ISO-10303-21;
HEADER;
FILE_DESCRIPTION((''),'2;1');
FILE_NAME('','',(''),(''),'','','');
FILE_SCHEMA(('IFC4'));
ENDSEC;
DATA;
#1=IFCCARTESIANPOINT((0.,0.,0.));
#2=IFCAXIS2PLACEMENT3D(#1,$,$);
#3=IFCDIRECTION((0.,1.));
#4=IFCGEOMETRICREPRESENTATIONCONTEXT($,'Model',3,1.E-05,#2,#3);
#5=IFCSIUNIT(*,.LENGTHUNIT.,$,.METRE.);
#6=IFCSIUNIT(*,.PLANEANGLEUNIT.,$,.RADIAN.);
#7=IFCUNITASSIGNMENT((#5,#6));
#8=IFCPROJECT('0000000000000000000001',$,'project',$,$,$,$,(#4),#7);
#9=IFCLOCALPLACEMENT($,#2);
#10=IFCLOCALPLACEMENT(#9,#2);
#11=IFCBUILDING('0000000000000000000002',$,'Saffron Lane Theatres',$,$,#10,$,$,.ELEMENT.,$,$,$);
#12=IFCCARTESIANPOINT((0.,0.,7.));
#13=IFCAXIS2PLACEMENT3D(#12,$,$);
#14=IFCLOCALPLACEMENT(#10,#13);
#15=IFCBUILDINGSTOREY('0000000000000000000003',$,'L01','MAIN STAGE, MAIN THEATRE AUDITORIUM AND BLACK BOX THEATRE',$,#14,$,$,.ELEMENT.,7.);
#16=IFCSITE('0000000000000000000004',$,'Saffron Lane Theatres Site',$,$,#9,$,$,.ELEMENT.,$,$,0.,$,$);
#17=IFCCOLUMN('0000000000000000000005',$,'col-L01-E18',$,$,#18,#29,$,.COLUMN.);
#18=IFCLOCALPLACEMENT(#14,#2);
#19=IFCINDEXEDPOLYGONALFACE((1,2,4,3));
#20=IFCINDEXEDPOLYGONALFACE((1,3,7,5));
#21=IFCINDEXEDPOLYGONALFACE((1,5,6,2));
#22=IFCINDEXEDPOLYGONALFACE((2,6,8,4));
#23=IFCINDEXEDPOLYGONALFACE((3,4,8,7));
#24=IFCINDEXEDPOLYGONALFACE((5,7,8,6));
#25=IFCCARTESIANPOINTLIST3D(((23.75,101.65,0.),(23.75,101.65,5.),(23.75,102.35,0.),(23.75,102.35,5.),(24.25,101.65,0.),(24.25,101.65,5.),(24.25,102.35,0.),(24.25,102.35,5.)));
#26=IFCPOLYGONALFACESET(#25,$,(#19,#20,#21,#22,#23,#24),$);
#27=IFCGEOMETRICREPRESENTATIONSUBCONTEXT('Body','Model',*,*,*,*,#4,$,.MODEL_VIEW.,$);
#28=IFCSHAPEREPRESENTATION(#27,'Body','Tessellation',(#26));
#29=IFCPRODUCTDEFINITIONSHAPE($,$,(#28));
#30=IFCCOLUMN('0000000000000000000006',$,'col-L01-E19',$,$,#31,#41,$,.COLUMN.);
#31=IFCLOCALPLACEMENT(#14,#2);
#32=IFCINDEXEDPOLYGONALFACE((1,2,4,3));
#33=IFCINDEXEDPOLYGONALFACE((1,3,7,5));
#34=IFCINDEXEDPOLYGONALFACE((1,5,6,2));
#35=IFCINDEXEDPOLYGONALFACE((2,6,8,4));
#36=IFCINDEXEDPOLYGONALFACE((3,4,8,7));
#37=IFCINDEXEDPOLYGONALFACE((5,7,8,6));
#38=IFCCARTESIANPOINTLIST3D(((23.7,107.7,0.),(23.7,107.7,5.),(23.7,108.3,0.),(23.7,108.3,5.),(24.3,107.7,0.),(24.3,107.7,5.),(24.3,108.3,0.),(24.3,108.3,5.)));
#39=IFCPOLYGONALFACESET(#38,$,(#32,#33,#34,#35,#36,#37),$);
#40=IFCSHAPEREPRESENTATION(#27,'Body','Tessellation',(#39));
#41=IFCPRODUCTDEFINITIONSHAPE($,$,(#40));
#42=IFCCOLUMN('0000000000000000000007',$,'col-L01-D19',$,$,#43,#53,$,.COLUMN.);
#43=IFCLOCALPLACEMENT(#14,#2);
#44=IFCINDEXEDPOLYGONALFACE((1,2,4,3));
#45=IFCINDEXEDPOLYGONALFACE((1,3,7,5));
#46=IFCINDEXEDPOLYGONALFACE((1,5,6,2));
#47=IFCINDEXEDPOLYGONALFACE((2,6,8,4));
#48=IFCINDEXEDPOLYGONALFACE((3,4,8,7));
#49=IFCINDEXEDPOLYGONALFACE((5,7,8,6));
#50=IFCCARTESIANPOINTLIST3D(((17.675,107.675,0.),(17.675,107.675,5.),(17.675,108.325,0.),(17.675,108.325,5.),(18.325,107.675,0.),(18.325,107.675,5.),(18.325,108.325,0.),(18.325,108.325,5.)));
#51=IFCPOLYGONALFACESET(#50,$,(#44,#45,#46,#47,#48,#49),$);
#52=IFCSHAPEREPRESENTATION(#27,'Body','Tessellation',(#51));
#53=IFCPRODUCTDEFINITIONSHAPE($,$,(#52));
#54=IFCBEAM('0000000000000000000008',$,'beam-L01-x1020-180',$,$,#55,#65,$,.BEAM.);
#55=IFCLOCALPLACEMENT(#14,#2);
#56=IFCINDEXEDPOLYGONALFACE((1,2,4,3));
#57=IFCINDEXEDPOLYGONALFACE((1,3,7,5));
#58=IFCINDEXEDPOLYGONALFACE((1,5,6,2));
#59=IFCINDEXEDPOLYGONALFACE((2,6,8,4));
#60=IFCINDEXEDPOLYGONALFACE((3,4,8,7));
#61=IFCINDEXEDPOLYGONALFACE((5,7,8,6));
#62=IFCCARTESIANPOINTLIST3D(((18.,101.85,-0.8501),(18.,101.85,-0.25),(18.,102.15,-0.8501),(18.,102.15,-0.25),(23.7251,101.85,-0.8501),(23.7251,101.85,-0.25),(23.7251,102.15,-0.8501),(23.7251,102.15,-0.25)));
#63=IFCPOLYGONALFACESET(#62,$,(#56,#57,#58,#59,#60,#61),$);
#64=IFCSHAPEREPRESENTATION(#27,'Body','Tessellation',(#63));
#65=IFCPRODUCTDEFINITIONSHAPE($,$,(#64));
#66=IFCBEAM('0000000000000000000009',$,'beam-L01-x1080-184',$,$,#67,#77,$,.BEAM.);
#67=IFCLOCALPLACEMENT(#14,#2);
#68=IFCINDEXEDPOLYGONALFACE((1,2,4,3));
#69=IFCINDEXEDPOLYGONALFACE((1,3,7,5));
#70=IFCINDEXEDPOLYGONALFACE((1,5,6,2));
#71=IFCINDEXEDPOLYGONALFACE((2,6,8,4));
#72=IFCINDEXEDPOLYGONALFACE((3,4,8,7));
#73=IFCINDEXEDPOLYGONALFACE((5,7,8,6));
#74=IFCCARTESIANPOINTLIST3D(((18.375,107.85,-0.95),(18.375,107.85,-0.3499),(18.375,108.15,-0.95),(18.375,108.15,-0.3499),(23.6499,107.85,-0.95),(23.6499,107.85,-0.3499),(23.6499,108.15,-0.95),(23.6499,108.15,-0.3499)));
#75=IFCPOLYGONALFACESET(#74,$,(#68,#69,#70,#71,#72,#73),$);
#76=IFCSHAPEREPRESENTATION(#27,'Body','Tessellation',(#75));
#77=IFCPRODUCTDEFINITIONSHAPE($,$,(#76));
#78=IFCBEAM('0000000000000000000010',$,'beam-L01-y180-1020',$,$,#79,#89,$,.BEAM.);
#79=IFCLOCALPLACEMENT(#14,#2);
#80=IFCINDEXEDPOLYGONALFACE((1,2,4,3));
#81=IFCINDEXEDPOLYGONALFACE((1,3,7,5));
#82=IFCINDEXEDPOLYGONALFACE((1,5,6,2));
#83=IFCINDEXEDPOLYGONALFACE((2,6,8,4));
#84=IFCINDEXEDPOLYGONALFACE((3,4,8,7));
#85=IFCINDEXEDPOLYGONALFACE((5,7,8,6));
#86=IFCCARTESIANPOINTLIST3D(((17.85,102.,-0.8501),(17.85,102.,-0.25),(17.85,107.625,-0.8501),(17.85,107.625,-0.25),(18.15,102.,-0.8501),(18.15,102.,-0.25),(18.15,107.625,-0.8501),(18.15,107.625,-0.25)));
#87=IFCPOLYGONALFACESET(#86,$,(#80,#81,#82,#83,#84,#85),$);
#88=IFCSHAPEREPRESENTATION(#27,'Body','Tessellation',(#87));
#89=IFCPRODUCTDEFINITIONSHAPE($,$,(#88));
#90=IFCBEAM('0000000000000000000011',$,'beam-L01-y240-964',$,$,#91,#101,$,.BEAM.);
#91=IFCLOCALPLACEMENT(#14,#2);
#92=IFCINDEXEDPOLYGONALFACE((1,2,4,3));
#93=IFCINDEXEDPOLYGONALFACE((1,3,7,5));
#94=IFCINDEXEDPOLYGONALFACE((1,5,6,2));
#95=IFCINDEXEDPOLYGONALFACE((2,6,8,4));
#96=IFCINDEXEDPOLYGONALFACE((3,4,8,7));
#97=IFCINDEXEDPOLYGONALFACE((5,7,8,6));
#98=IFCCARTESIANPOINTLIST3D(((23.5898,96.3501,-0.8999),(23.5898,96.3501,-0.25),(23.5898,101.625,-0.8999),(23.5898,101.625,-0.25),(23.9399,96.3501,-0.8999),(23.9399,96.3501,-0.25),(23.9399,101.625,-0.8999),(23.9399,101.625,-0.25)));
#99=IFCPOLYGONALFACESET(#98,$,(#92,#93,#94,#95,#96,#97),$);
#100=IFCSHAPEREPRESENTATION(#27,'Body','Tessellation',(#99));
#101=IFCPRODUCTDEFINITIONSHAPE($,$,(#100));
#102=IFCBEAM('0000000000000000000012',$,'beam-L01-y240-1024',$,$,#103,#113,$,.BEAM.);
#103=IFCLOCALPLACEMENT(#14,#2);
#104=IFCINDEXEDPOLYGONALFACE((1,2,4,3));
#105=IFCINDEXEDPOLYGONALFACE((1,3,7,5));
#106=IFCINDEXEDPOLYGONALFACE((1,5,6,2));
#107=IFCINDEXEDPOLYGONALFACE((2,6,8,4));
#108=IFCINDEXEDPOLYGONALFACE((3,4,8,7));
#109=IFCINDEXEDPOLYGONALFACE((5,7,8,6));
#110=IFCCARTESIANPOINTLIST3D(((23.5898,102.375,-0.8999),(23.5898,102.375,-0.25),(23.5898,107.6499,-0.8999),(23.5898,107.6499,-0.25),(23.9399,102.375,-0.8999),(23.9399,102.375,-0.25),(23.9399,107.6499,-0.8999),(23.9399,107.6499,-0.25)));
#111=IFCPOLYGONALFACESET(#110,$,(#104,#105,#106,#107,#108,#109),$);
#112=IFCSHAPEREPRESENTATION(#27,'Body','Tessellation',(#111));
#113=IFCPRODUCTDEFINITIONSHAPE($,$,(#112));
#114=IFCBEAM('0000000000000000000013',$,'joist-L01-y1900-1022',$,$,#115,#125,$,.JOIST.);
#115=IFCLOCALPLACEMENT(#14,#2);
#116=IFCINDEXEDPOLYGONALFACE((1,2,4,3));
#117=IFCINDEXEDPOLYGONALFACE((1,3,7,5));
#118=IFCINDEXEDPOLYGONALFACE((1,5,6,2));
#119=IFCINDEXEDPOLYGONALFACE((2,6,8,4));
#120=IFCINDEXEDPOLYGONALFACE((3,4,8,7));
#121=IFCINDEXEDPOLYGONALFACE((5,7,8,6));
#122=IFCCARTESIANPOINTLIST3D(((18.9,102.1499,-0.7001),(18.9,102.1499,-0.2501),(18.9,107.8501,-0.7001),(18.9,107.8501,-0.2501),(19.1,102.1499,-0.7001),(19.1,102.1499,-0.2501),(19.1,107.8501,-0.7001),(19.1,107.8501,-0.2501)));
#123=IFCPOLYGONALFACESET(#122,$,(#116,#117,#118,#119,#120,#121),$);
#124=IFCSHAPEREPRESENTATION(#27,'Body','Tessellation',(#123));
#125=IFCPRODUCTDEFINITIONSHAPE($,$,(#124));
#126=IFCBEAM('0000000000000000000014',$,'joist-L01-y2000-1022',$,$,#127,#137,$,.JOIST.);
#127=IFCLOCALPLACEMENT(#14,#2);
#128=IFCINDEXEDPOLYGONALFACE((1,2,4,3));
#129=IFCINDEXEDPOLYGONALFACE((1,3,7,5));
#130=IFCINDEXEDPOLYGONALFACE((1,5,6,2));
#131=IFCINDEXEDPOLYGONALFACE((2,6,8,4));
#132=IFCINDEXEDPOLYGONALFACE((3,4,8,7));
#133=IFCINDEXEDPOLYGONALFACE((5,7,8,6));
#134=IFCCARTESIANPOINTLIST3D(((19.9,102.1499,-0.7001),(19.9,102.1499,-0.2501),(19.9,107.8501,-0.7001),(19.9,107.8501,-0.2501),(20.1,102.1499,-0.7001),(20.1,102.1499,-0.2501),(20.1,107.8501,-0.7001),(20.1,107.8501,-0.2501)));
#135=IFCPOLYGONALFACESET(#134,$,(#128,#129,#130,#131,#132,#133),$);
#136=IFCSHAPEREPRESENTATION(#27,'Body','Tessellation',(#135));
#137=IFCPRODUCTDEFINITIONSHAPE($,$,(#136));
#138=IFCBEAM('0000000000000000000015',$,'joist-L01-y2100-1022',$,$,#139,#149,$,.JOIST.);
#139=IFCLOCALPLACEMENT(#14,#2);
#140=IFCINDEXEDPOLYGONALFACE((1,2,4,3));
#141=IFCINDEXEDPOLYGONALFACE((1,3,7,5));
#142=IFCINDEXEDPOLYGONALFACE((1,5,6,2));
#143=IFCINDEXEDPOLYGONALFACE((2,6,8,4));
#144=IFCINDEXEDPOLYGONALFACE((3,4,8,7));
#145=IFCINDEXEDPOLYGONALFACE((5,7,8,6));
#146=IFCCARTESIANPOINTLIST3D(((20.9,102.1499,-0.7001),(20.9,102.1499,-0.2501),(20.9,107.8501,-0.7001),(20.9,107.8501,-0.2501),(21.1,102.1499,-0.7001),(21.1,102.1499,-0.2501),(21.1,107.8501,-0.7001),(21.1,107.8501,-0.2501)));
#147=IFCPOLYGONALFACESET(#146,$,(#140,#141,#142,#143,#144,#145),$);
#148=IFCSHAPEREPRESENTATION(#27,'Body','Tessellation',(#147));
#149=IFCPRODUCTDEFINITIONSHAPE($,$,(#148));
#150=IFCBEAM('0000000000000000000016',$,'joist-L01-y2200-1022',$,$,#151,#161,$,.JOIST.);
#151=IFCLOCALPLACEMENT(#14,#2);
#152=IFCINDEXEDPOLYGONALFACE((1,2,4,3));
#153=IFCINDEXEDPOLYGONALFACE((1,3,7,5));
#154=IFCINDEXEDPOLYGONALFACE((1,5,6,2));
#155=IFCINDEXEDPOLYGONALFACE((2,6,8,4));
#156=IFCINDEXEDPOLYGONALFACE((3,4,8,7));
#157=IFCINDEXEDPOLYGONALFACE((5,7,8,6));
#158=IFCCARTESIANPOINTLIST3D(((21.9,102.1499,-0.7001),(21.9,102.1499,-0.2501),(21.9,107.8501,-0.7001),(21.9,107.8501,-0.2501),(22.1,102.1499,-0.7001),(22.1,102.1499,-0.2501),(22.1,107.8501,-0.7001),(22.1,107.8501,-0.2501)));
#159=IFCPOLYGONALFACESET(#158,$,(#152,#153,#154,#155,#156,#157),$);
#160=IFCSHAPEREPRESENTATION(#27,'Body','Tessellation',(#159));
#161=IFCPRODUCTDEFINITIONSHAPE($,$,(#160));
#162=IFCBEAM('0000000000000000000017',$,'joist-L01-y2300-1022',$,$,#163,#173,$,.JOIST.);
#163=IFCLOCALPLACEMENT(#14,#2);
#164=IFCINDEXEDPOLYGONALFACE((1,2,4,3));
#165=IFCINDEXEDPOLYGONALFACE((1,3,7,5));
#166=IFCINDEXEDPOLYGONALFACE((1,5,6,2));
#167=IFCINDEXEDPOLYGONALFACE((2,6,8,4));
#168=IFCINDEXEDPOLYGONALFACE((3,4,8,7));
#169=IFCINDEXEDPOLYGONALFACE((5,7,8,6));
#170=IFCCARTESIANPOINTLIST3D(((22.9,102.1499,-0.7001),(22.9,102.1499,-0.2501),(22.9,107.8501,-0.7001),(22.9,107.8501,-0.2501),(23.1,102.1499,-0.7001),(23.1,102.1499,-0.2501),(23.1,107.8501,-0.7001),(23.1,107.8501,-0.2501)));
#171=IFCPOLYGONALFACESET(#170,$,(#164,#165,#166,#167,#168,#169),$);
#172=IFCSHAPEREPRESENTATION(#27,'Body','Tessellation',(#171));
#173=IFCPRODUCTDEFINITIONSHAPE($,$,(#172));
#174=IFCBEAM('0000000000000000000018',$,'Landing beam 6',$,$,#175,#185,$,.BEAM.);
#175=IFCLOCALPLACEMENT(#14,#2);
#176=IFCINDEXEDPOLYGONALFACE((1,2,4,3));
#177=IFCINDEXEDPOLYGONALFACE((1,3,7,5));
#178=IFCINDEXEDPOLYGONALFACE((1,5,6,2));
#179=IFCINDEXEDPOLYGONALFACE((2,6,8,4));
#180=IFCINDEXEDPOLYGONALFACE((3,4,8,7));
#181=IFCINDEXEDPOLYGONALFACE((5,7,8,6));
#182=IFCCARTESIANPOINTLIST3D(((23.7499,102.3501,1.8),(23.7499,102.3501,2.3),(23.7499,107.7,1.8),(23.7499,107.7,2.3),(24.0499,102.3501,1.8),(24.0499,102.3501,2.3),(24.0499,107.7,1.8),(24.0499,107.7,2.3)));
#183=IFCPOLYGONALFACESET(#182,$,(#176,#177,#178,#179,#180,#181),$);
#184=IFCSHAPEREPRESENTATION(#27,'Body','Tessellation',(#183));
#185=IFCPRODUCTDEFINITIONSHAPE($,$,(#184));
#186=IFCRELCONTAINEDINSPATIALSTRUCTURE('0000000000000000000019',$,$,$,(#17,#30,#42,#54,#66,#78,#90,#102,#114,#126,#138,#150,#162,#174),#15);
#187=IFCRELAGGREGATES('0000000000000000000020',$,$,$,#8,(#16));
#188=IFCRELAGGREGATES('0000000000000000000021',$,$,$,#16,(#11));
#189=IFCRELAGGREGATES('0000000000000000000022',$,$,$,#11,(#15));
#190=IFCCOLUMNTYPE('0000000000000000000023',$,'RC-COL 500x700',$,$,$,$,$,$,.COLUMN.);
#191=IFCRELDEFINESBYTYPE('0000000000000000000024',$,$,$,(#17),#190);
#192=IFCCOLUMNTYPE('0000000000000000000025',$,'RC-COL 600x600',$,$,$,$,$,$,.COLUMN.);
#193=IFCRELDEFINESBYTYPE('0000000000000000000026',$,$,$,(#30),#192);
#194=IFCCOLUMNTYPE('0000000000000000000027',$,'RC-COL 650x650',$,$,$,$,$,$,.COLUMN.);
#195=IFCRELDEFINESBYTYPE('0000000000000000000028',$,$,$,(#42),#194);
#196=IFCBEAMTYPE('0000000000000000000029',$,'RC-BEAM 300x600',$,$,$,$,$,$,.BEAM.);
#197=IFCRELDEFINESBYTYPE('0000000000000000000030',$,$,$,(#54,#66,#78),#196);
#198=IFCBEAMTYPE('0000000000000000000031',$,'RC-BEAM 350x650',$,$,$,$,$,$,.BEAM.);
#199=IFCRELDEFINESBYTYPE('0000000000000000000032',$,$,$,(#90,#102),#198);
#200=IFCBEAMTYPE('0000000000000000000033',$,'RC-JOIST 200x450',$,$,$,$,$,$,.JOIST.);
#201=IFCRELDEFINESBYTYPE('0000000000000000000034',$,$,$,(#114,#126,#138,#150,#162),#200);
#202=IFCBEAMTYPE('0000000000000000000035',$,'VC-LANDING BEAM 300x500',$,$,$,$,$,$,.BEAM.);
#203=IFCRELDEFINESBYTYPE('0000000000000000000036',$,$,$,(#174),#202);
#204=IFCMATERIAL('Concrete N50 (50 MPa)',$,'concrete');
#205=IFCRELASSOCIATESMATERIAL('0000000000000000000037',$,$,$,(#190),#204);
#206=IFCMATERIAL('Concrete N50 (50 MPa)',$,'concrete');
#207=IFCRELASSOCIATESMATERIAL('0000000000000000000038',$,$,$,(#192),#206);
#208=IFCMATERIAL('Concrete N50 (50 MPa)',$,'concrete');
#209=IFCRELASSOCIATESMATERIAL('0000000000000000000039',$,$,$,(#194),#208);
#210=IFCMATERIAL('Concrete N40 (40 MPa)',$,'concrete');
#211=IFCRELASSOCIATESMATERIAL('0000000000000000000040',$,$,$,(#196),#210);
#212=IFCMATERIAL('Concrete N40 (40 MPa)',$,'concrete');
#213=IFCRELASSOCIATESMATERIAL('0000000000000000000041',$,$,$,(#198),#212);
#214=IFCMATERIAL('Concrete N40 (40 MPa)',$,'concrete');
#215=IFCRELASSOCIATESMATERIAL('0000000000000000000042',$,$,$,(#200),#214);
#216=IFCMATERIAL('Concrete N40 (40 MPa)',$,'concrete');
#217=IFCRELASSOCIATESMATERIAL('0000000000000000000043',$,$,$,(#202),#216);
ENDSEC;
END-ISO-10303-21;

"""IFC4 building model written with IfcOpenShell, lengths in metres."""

from ifc_helpers import new_model, si_unit, direction, frame, origin, origin_2d, place, context, subcontext, project, spatial, rectangle, extrude, material, material_profile, profile_set, type_object, element, save


model = new_model("IFC4")

# Units and contexts
model_context = context("Model", 3, precision=1e-05, world=origin(), true_north=direction((0.0, 1.0)))
body_context = subcontext(model_context, "Body", "Model", "MODEL_VIEW")
ifc_project = project(units=[si_unit("LENGTHUNIT", "METRE"), si_unit("PLANEANGLEUNIT", "RADIAN")], contexts=[model_context])

# Site, building, storey
site_placement = place(None, origin())
site = spatial("IfcSite", under=ifc_project, at=site_placement, Name="Saffron Lane Theatres Site", CompositionType="ELEMENT", RefElevation=0.0)
building_placement = place(site_placement, origin())
building = spatial("IfcBuilding", under=site, at=building_placement, Name="Saffron Lane Theatres", CompositionType="ELEMENT")
storey_placement = place(building_placement, frame((0.0, 0.0, 7.0)))
storey = spatial("IfcBuildingStorey", under=building, at=storey_placement, Name="L01", Description="MAIN STAGE, MAIN THEATRE AUDITORIUM AND BLACK BOX THEATRE", CompositionType="ELEMENT", Elevation=7.0)

# Columns
ifc_material_1 = material(Name="Concrete N50 (50 MPa)", Category="concrete")
ifc_material_profile_1 = material_profile(ifc_material_1, rectangle(XDim=0.5, YDim=0.7, at=origin_2d()))
ifc_profile_set_1 = profile_set([ifc_material_profile_1], Name="Concrete N50 (50 MPa)")
column_type_1 = type_object("IfcColumnType", Name="RC-COL 500x700", PredefinedType="COLUMN", material=ifc_profile_set_1)
column_1_placement = place(storey_placement, frame((24.0, 102.0, 0.0), z_axis=(0.0, 0.0, 1.0), x_axis=(1.0, 0.0, 0.0)))
element("IfcColumn", 1, at=column_1_placement, inside=storey, type_object=column_type_1, Name="col-L01-E18", PredefinedType="COLUMN", context=body_context, shape_type="SweptSolid", body=[
    extrude(rectangle(XDim=0.5, YDim=0.7, at=origin_2d()), origin(), (0.0, 0.0, 1.0), 5.0),
])
ifc_material_2 = material(Name="Concrete N50 (50 MPa)", Category="concrete")
ifc_material_profile_2 = material_profile(ifc_material_2, rectangle(XDim=0.6001, YDim=0.6001, at=origin_2d()))
ifc_profile_set_2 = profile_set([ifc_material_profile_2], Name="Concrete N50 (50 MPa)")
column_type_2 = type_object("IfcColumnType", Name="RC-COL 600x600", PredefinedType="COLUMN", material=ifc_profile_set_2)
column_2_placement = place(storey_placement, frame((24.0, 108.0, 0.0), z_axis=(0.0, 0.0, 1.0), x_axis=(1.0, 0.0, 0.0)))
element("IfcColumn", 2, at=column_2_placement, inside=storey, type_object=column_type_2, Name="col-L01-E19", PredefinedType="COLUMN", context=body_context, shape_type="SweptSolid", body=[
    extrude(rectangle(XDim=0.6001, YDim=0.6001, at=origin_2d()), origin(), (0.0, 0.0, 1.0), 5.0),
])
ifc_material_3 = material(Name="Concrete N50 (50 MPa)", Category="concrete")
ifc_material_profile_3 = material_profile(ifc_material_3, rectangle(XDim=0.6499, YDim=0.6499, at=origin_2d()))
ifc_profile_set_3 = profile_set([ifc_material_profile_3], Name="Concrete N50 (50 MPa)")
column_type_3 = type_object("IfcColumnType", Name="RC-COL 650x650", PredefinedType="COLUMN", material=ifc_profile_set_3)
column_3_placement = place(storey_placement, frame((18.0, 108.0, 0.0), z_axis=(0.0, 0.0, 1.0), x_axis=(1.0, 0.0, 0.0)))
element("IfcColumn", 3, at=column_3_placement, inside=storey, type_object=column_type_3, Name="col-L01-D19", PredefinedType="COLUMN", context=body_context, shape_type="SweptSolid", body=[
    extrude(rectangle(XDim=0.6499, YDim=0.6499, at=origin_2d()), origin(), (0.0, 0.0, 1.0), 5.0),
])

# Beams
ifc_material_4 = material(Name="Concrete N40 (40 MPa)", Category="concrete")
ifc_material_profile_4 = material_profile(ifc_material_4, rectangle(XDim=0.3, YDim=0.6001, at=origin_2d()))
ifc_profile_set_4 = profile_set([ifc_material_profile_4], Name="Concrete N40 (40 MPa)")
beam_type_1 = type_object("IfcBeamType", Name="RC-BEAM 300x600", PredefinedType="BEAM", material=ifc_profile_set_4)
beam_1_placement = place(storey_placement, frame((18.0, 102.0, -0.55), z_axis=(1.0, 0.0, 0.0), x_axis=(0.0, 1.0, 0.0)))
element("IfcBeam", 4, at=beam_1_placement, inside=storey, type_object=beam_type_1, Name="beam-L01-x1020-180", PredefinedType="BEAM", context=body_context, shape_type="SweptSolid", body=[
    extrude(rectangle(XDim=0.3, YDim=0.6001, at=origin_2d()), origin(), (0.0, 0.0, 1.0), 5.7251),
])
beam_2_placement = place(storey_placement, frame((18.375, 108.0, -0.6499), z_axis=(1.0, 0.0, 0.0), x_axis=(0.0, 1.0, 0.0)))
element("IfcBeam", 5, at=beam_2_placement, inside=storey, type_object=beam_type_1, Name="beam-L01-x1080-184", PredefinedType="BEAM", context=body_context, shape_type="SweptSolid", body=[
    extrude(rectangle(XDim=0.3, YDim=0.6001, at=origin_2d()), origin(), (0.0, 0.0, 1.0), 5.2749),
])
beam_3_placement = place(storey_placement, frame((18.0, 102.0, -0.55), z_axis=(0.0, 1.0, 0.0), x_axis=(-1.0, 0.0, 0.0)))
element("IfcBeam", 6, at=beam_3_placement, inside=storey, type_object=beam_type_1, Name="beam-L01-y180-1020", PredefinedType="BEAM", context=body_context, shape_type="SweptSolid", body=[
    extrude(rectangle(XDim=0.3, YDim=0.6001, at=origin_2d()), origin(), (0.0, 0.0, 1.0), 5.625),
])
ifc_material_5 = material(Name="Concrete N40 (40 MPa)", Category="concrete")
ifc_material_profile_5 = material_profile(ifc_material_5, rectangle(XDim=0.3501, YDim=0.6499, at=origin_2d()))
ifc_profile_set_5 = profile_set([ifc_material_profile_5], Name="Concrete N40 (40 MPa)")
beam_type_2 = type_object("IfcBeamType", Name="RC-BEAM 350x650", PredefinedType="BEAM", material=ifc_profile_set_5)
for number, where, z_axis, x_axis, name in (
    (7, (23.7649, 96.3501, -0.575), (0.0, 1.0, 0.0), (-1.0, 0.0, 0.0), "beam-L01-y240-964"),
    (8, (23.7649, 102.375, -0.575), (0.0, 1.0, 0.0), (-1.0, 0.0, 0.0), "beam-L01-y240-1024"),
):
    element("IfcBeam", number, at=place(storey_placement, frame(where, z_axis=z_axis, x_axis=x_axis)), inside=storey, type_object=beam_type_2, Name=name, PredefinedType="BEAM", context=body_context, shape_type="SweptSolid", body=[
        extrude(rectangle(XDim=0.3501, YDim=0.6499, at=origin_2d()), origin(), (0.0, 0.0, 1.0), 5.2749),
    ])
ifc_material_6 = material(Name="Concrete N40 (40 MPa)", Category="concrete")
ifc_material_profile_6 = material_profile(ifc_material_6, rectangle(XDim=0.2, YDim=0.45, at=origin_2d()))
ifc_profile_set_6 = profile_set([ifc_material_profile_6], Name="Concrete N40 (40 MPa)")
beam_type_3 = type_object("IfcBeamType", Name="RC-JOIST 200x450", PredefinedType="JOIST", material=ifc_profile_set_6)
for number, where, z_axis, x_axis, name in (
    (9, (19.0, 102.1499, -0.4751), (0.0, 1.0, 0.0), (-1.0, 0.0, 0.0), "joist-L01-y1900-1022"),
    (10, (20.0, 102.1499, -0.4751), (0.0, 1.0, 0.0), (-1.0, 0.0, 0.0), "joist-L01-y2000-1022"),
    (11, (21.0, 102.1499, -0.4751), (0.0, 1.0, 0.0), (-1.0, 0.0, 0.0), "joist-L01-y2100-1022"),
    (12, (22.0, 102.1499, -0.4751), (0.0, 1.0, 0.0), (-1.0, 0.0, 0.0), "joist-L01-y2200-1022"),
    (13, (23.0, 102.1499, -0.4751), (0.0, 1.0, 0.0), (-1.0, 0.0, 0.0), "joist-L01-y2300-1022"),
):
    element("IfcBeam", number, at=place(storey_placement, frame(where, z_axis=z_axis, x_axis=x_axis)), inside=storey, type_object=beam_type_3, Name=name, PredefinedType="JOIST", context=body_context, shape_type="SweptSolid", body=[
        extrude(rectangle(XDim=0.2, YDim=0.45, at=origin_2d()), origin(), (0.0, 0.0, 1.0), 5.7002),
    ])
ifc_material_7 = material(Name="Concrete N40 (40 MPa)", Category="concrete")
ifc_material_profile_7 = material_profile(ifc_material_7, rectangle(XDim=0.3, YDim=0.5, at=origin_2d()))
ifc_profile_set_7 = profile_set([ifc_material_profile_7], Name="Concrete N40 (40 MPa)")
beam_type_4 = type_object("IfcBeamType", Name="VC-LANDING BEAM 300x500", PredefinedType="BEAM", material=ifc_profile_set_7)
beam_4_placement = place(storey_placement, frame((23.8999, 102.3501, 2.05), z_axis=(0.0, 1.0, 0.0), x_axis=(-1.0, 0.0, 0.0)))
element("IfcBeam", 14, at=beam_4_placement, inside=storey, type_object=beam_type_4, Name="Landing beam 6", PredefinedType="BEAM", context=body_context, shape_type="SweptSolid", body=[
    extrude(rectangle(XDim=0.3, YDim=0.5, at=origin_2d()), origin(), (0.0, 0.0, 1.0), 5.3499),
])

save(model, "model.ifc")
